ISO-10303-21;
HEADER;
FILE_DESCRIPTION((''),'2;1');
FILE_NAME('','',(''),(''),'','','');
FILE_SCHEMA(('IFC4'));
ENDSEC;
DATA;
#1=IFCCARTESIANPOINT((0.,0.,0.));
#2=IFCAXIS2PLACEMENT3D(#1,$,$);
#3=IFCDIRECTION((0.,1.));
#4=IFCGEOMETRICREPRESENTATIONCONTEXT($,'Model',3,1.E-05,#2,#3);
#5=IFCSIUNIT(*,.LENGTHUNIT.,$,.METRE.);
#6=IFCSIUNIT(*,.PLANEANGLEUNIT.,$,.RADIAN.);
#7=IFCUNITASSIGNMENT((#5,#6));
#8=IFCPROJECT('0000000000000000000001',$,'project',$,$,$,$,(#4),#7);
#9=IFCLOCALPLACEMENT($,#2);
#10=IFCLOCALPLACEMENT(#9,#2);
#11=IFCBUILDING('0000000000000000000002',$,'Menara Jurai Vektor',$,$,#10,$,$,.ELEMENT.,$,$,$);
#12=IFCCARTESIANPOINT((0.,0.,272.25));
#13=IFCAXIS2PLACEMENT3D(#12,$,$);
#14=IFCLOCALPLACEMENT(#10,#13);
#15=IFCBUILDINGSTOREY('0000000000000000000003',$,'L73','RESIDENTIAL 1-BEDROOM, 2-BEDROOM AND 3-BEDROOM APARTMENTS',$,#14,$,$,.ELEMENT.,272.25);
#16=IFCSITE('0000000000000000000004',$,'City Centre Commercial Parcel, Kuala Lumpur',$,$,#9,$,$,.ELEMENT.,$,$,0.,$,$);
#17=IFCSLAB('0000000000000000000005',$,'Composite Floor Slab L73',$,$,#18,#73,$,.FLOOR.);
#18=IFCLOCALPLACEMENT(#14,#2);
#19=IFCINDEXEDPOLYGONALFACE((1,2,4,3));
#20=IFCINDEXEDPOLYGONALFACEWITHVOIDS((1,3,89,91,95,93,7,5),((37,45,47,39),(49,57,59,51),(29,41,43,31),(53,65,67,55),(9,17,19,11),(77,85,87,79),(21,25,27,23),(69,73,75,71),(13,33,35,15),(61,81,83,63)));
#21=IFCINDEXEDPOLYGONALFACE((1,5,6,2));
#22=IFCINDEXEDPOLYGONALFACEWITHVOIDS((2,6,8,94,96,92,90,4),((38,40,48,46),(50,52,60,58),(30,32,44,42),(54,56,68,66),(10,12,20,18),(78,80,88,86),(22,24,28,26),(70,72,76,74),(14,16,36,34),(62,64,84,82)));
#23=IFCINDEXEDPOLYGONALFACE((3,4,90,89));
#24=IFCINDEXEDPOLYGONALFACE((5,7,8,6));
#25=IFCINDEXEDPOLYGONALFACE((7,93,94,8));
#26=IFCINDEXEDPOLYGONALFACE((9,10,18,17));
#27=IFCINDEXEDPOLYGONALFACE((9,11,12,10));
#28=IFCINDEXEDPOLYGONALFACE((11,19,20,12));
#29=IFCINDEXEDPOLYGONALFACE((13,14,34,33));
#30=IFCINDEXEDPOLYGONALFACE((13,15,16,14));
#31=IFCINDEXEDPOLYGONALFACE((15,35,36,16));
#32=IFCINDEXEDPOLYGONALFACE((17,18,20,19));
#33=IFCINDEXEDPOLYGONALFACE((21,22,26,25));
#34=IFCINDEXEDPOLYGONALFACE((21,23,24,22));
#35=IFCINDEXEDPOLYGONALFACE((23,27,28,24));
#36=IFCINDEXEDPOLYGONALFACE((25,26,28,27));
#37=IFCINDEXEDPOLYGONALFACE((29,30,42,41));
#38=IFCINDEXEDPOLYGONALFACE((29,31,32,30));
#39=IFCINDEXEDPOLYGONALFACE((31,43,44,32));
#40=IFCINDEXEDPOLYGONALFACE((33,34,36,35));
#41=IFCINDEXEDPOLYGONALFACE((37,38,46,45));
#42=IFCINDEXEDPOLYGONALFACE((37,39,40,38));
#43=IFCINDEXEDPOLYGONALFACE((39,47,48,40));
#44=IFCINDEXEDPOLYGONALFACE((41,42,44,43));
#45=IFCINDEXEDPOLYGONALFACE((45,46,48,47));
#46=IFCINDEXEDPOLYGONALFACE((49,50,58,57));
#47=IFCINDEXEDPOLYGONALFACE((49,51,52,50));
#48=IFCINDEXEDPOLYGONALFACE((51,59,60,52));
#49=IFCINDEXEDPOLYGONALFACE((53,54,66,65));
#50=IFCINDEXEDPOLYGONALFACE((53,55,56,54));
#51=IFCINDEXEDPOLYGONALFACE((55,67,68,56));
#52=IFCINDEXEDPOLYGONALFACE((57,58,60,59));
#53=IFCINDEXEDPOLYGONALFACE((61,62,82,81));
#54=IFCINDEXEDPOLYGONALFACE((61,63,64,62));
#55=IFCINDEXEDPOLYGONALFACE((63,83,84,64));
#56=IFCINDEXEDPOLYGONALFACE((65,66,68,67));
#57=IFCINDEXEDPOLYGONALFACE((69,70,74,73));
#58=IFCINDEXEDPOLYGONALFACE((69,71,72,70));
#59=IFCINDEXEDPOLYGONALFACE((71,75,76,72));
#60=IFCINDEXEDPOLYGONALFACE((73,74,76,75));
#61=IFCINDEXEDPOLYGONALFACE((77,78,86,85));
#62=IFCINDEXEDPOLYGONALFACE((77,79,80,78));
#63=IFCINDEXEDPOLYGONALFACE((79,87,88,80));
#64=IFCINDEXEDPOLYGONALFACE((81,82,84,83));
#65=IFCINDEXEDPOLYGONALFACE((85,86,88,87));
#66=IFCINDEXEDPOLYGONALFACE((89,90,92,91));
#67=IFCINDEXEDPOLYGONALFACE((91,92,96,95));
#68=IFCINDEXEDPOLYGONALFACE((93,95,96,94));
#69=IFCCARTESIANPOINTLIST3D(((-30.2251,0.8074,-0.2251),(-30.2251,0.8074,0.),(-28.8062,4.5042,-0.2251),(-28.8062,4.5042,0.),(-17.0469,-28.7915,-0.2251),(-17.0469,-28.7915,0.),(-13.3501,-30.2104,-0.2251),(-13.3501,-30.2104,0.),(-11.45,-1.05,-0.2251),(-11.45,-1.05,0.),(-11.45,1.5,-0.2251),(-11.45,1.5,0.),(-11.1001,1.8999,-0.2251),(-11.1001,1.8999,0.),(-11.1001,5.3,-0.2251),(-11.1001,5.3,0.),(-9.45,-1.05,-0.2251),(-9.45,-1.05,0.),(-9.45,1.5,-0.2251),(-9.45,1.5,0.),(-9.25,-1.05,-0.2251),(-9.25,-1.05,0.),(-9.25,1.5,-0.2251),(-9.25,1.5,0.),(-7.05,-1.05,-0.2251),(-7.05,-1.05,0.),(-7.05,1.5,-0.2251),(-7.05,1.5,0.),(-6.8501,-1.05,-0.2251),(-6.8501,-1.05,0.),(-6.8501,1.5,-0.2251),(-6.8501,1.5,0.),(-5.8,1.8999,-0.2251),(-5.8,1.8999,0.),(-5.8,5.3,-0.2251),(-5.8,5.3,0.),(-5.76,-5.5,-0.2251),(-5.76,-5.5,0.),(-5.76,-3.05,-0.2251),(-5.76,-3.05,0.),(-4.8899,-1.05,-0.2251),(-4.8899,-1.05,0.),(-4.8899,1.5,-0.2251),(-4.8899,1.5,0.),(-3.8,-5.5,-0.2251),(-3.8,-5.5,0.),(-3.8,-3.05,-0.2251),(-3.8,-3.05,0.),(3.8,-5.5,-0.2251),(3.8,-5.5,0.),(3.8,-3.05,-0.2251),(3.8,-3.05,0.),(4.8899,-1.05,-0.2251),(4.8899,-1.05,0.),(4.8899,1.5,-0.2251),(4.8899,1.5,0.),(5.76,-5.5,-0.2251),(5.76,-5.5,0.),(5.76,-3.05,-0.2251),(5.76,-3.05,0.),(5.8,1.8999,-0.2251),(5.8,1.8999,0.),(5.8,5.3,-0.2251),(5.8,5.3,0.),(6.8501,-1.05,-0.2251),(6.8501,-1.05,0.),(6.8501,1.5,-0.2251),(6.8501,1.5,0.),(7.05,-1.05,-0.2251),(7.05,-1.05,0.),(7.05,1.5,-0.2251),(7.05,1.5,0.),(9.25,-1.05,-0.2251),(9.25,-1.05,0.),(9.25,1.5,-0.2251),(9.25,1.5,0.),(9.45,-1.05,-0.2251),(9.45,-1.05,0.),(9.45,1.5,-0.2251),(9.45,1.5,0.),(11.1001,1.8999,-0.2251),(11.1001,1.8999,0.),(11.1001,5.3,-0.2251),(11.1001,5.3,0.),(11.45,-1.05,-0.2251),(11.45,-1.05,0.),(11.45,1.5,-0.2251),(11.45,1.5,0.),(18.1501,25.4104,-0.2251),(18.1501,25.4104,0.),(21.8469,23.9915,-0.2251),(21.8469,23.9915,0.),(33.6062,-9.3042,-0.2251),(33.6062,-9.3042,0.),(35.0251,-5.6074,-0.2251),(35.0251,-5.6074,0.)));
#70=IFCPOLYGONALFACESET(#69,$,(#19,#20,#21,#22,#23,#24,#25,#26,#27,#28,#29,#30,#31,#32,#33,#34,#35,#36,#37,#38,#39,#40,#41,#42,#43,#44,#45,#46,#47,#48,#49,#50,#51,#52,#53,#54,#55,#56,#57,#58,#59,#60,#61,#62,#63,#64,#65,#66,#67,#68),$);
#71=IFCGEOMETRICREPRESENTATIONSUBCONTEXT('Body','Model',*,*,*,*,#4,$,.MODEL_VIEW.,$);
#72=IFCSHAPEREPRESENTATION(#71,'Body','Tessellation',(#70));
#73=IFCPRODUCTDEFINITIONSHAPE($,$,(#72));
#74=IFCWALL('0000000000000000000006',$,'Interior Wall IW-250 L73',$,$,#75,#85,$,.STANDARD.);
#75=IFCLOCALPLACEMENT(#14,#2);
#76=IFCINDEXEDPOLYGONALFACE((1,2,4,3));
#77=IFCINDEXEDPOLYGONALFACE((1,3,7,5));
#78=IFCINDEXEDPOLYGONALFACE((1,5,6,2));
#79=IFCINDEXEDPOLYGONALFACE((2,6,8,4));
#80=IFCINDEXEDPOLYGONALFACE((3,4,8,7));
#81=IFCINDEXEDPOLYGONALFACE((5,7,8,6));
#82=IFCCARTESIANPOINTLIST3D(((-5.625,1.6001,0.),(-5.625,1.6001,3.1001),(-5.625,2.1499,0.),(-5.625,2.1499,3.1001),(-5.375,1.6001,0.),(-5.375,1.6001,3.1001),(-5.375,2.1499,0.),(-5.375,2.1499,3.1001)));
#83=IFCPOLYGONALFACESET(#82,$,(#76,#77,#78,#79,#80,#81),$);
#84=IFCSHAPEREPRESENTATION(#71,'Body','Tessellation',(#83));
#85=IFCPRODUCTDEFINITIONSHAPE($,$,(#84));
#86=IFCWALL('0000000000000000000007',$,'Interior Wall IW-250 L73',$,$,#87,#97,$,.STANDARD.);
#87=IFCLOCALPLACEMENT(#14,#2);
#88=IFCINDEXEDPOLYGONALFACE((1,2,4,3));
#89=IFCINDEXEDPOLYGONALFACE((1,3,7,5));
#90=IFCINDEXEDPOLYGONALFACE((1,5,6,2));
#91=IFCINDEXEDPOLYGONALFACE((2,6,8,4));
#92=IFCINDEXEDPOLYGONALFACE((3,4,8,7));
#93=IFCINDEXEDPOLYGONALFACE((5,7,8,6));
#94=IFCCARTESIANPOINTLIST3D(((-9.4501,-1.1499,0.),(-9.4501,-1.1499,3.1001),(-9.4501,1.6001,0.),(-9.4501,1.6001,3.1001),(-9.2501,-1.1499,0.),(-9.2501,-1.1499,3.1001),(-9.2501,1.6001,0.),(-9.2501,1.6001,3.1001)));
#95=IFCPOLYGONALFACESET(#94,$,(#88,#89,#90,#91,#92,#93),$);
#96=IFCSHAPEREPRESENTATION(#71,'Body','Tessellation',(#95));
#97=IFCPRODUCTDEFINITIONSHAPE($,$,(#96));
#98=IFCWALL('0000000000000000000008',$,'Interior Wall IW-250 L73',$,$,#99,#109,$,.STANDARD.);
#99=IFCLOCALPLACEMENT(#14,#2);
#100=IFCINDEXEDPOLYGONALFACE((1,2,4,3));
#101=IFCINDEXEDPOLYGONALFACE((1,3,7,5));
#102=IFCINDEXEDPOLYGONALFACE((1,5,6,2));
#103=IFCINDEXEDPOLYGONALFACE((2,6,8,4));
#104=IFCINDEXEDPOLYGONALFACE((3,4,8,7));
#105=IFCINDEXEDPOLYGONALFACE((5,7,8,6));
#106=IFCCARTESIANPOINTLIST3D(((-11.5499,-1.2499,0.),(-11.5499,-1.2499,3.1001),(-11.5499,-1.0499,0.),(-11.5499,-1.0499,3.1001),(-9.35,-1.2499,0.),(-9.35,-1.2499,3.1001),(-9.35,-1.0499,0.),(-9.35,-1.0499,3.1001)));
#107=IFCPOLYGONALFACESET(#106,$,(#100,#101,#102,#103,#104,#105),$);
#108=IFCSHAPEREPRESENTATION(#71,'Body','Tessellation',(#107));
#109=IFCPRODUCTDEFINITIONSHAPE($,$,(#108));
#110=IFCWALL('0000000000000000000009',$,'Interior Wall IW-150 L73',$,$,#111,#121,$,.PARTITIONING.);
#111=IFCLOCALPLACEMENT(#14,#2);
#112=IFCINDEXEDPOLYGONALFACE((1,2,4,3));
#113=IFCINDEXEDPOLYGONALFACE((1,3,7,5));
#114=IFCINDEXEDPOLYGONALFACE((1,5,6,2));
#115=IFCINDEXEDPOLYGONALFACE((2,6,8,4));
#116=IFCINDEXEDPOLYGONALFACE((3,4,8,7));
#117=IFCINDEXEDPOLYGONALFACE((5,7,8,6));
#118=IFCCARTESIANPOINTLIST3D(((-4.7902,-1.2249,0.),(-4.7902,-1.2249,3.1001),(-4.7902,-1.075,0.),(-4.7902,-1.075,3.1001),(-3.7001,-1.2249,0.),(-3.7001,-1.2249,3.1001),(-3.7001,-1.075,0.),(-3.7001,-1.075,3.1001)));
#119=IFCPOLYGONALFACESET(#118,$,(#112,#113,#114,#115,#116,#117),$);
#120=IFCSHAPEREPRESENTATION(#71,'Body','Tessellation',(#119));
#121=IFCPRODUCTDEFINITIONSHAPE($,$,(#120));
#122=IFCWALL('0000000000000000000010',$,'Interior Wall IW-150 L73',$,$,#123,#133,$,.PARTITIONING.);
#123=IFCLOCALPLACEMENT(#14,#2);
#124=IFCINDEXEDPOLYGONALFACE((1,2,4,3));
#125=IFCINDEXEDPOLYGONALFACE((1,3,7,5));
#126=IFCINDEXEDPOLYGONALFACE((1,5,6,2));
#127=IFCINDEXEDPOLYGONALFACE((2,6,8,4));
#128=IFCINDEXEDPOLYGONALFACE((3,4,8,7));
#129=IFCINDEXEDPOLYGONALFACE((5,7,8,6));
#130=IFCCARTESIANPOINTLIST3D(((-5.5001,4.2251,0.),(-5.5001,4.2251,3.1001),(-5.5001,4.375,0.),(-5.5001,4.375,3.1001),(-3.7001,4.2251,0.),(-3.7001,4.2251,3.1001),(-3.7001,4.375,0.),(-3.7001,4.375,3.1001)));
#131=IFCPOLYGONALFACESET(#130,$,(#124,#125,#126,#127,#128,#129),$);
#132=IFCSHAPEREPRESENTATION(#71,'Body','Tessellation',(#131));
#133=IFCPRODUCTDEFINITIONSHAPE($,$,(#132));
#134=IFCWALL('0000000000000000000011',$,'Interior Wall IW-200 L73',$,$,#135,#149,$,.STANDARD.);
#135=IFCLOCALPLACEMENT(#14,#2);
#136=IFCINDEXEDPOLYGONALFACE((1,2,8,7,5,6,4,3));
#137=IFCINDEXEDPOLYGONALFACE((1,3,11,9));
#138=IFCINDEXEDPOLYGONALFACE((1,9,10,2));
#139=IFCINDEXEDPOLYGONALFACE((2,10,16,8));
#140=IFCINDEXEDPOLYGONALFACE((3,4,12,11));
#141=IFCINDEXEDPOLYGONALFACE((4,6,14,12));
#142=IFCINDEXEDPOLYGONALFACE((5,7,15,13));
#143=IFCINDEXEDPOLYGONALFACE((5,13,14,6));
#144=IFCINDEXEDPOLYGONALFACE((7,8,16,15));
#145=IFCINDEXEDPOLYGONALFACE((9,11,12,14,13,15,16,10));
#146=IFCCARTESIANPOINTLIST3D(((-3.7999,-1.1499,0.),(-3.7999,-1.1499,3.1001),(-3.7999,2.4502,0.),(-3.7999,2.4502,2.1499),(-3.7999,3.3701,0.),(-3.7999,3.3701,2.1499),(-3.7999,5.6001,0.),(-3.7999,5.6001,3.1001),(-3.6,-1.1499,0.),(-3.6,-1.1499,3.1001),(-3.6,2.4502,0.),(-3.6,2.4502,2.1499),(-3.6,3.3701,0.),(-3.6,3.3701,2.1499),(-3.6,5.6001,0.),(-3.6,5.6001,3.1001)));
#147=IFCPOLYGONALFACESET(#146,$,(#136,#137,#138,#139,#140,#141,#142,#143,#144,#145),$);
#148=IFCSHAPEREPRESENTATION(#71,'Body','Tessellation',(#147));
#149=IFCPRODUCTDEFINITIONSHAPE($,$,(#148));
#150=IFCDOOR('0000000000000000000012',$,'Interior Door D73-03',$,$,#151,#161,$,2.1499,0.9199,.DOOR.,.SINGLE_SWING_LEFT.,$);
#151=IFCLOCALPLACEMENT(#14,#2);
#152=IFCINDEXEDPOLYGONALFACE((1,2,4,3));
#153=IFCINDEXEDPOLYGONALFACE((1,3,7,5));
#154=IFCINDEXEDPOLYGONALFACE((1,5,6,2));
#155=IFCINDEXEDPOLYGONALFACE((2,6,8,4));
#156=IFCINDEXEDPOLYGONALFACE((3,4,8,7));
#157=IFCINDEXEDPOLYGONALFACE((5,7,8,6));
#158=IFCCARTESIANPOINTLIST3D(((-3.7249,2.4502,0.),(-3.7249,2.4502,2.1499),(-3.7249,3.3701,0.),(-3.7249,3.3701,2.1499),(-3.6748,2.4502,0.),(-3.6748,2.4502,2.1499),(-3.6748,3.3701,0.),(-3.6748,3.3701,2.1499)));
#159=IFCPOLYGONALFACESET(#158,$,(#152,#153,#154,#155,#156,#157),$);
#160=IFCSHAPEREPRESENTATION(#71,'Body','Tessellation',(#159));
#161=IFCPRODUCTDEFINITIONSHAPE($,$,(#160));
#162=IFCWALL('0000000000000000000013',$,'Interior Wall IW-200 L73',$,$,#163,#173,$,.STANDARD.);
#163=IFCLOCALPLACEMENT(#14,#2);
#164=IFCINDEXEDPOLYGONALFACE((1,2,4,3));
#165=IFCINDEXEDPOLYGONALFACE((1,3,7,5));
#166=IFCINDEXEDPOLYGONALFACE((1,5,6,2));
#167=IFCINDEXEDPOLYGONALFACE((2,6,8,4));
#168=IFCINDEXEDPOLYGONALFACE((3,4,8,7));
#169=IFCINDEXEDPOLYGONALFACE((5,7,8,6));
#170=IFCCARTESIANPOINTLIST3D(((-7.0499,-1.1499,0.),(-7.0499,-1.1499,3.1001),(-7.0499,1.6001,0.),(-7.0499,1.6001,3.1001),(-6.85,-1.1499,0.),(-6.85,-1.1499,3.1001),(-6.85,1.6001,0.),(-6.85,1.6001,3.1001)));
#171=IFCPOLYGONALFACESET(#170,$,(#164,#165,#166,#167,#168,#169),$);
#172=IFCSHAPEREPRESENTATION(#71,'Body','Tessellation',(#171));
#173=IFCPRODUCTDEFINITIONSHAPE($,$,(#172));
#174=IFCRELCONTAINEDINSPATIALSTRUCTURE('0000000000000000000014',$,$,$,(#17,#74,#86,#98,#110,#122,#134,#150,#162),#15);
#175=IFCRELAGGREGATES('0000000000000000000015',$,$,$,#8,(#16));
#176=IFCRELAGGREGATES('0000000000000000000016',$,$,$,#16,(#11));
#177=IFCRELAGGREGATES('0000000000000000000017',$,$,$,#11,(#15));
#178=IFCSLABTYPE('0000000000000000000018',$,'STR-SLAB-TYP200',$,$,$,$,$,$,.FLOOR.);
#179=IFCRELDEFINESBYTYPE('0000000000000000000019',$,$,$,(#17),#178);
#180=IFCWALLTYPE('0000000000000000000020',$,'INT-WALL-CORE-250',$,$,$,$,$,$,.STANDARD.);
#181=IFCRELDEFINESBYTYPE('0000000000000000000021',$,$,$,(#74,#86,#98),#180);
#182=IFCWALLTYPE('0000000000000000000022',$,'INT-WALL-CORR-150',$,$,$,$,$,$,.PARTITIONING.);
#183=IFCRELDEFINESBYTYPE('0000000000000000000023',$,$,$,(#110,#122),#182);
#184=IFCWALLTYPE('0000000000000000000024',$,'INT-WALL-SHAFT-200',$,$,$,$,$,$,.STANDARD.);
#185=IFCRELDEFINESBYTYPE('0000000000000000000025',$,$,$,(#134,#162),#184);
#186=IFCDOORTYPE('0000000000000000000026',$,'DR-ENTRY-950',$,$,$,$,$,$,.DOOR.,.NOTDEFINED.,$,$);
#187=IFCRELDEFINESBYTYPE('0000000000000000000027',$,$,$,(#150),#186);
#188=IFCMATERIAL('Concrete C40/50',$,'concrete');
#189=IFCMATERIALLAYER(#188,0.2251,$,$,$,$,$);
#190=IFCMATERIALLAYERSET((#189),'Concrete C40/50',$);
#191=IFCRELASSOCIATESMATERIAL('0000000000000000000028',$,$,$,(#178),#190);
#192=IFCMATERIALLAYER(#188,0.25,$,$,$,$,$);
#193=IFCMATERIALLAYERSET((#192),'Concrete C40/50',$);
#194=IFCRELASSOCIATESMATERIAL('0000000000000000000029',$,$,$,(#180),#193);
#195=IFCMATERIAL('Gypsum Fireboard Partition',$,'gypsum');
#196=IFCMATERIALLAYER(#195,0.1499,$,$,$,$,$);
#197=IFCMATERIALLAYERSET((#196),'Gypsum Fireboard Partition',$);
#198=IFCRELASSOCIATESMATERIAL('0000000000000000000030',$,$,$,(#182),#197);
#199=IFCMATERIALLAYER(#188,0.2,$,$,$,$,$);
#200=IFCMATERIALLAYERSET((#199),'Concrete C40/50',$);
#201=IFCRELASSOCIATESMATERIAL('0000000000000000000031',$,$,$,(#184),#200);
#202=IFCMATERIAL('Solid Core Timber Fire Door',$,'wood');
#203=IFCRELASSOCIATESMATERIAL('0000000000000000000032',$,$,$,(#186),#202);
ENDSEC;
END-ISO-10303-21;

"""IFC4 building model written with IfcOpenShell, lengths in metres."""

from ifc_helpers import new_model, si_unit, direction, frame, frame_2d, origin, place, context, subcontext, project, spatial, polyline, rectangle, outline, extrude, material, layer, layer_set, type_object, element, fill, save


model = new_model("IFC4")

# Units and contexts
model_context = context("Model", 3, precision=1e-05, world=origin(), true_north=direction((0.0, 1.0)))
body_context = subcontext(model_context, "Body", "Model", "MODEL_VIEW")
ifc_project = project(units=[si_unit("LENGTHUNIT", "METRE"), si_unit("PLANEANGLEUNIT", "RADIAN")], contexts=[model_context])

# Site, building, storey
site_placement = place(None, origin())
site = spatial("IfcSite", under=ifc_project, at=site_placement, Name="City Centre Commercial Parcel, Kuala Lumpur", CompositionType="ELEMENT", RefElevation=0.0)
building_placement = place(site_placement, origin())
building = spatial("IfcBuilding", under=site, at=building_placement, Name="Menara Jurai Vektor", CompositionType="ELEMENT")
storey_placement = place(building_placement, frame((0.0, 0.0, 272.25)))
storey = spatial("IfcBuildingStorey", under=building, at=storey_placement, Name="L73", Description="RESIDENTIAL 1-BEDROOM, 2-BEDROOM AND 3-BEDROOM APARTMENTS", CompositionType="ELEMENT", Elevation=272.25)

# Shared definitions
ifc_material_1 = material(Name="Concrete C40/50", Category="concrete")

# Slab
ifc_layer_1 = layer(ifc_material_1, 0.2251)
ifc_layer_set_1 = layer_set([ifc_layer_1], Name="Concrete C40/50")
slab_type_1 = type_object("IfcSlabType", Name="STR-SLAB-TYP200", PredefinedType="FLOOR", material=ifc_layer_set_1)
slab_1_placement = place(storey_placement, frame((0.0, 0.0, -0.2251)))
element("IfcSlab", 1, at=slab_1_placement, inside=storey, type_object=slab_type_1, Name="Composite Floor Slab L73", PredefinedType="FLOOR", context=body_context, shape_type="SweptSolid", body=[
    extrude(outline(polyline([(-13.3501, -30.2104), (33.6062, -9.3042), (35.0251, -5.6074), (21.8469, 23.9915), (18.1501, 25.4104), (-28.8062, 4.5042), (-30.2251, 0.8074), (-17.0469, -28.7915), (-13.3501, -30.2104)]), holes=[polyline([(-11.1001, 1.8999), (-11.1001, 5.3), (-5.8, 5.3), (-5.8, 1.8999), (-11.1001, 1.8999)]), polyline([(5.8, 1.8999), (5.8, 5.3), (11.1001, 5.3), (11.1001, 1.8999), (5.8, 1.8999)]), polyline([(-11.45, -1.05), (-11.45, 1.5), (-9.45, 1.5), (-9.45, -1.05), (-11.45, -1.05)]), polyline([(9.45, -1.05), (9.45, 1.5), (11.45, 1.5), (11.45, -1.05), (9.45, -1.05)]), polyline([(-5.76, -5.5), (-5.76, -3.05), (-3.8, -3.05), (-3.8, -5.5), (-5.76, -5.5)]), polyline([(-6.8501, -1.05), (-6.8501, 1.5), (-4.8899, 1.5), (-4.8899, -1.05), (-6.8501, -1.05)]), polyline([(3.8, -5.5), (3.8, -3.05), (5.76, -3.05), (5.76, -5.5), (3.8, -5.5)]), polyline([(4.8899, -1.05), (4.8899, 1.5), (6.8501, 1.5), (6.8501, -1.05), (4.8899, -1.05)]), polyline([(-9.25, -1.05), (-9.25, 1.5), (-7.05, 1.5), (-7.05, -1.05), (-9.25, -1.05)]), polyline([(7.05, -1.05), (7.05, 1.5), (9.25, 1.5), (9.25, -1.05), (7.05, -1.05)])]), origin(), (0.0, 0.0, 1.0), 0.2251),
])

# Wall
ifc_layer_2 = layer(ifc_material_1, 0.25)
ifc_layer_set_2 = layer_set([ifc_layer_2], Name="Concrete C40/50")
wall_type_1 = type_object("IfcWallType", Name="INT-WALL-CORE-250", PredefinedType="STANDARD", material=ifc_layer_set_2)
wall_1_placement = place(storey_placement, frame((-5.5, 1.6001, 0.0), z_axis=(0.0, 0.0, 1.0), x_axis=(0.0, 1.0, 0.0)))
element("IfcWall", 2, at=wall_1_placement, inside=storey, type_object=wall_type_1, Name="Interior Wall IW-250 L73", PredefinedType="STANDARD", context=body_context, shape_type="SweptSolid", body=[
    extrude(rectangle(XDim=0.5498, YDim=0.25, at=frame_2d((0.2749, 0.0))), origin(), (0.0, 0.0, 1.0), 3.1001),
])

# Walls
wall_2_placement = place(storey_placement, frame((-9.3501, -1.1499, 0.0), z_axis=(0.0, 0.0, 1.0), x_axis=(0.0, 1.0, 0.0)))
element("IfcWall", 3, at=wall_2_placement, inside=storey, type_object=wall_type_1, Name="Interior Wall IW-250 L73", PredefinedType="STANDARD", context=body_context, shape_type="SweptSolid", body=[
    extrude(rectangle(XDim=2.75, YDim=0.2, at=frame_2d((1.375, 0.0))), origin(), (0.0, 0.0, 1.0), 3.1001),
])
wall_3_placement = place(storey_placement, frame((-11.55, -1.1499, 0.0), z_axis=(0.0, 0.0, 1.0), x_axis=(1.0, 0.0, 0.0)))
element("IfcWall", 4, at=wall_3_placement, inside=storey, type_object=wall_type_1, Name="Interior Wall IW-250 L73", PredefinedType="STANDARD", context=body_context, shape_type="SweptSolid", body=[
    extrude(rectangle(XDim=2.2, YDim=0.2, at=frame_2d((1.1001, 0.0))), origin(), (0.0, 0.0, 1.0), 3.1001),
])
ifc_material_2 = material(Name="Gypsum Fireboard Partition", Category="gypsum")
ifc_layer_3 = layer(ifc_material_2, 0.1499)
ifc_layer_set_3 = layer_set([ifc_layer_3], Name="Gypsum Fireboard Partition")
wall_type_2 = type_object("IfcWallType", Name="INT-WALL-CORR-150", PredefinedType="PARTITIONING", material=ifc_layer_set_3)
wall_4_placement = place(storey_placement, frame((-4.79, -1.1499, 0.0), z_axis=(0.0, 0.0, 1.0), x_axis=(1.0, 0.0, 0.0)))
element("IfcWall", 5, at=wall_4_placement, inside=storey, type_object=wall_type_2, Name="Interior Wall IW-150 L73", PredefinedType="PARTITIONING", context=body_context, shape_type="SweptSolid", body=[
    extrude(rectangle(XDim=1.0901, YDim=0.1499, at=frame_2d((0.5449, 0.0))), origin(), (0.0, 0.0, 1.0), 3.1001),
])
wall_5_placement = place(storey_placement, frame((-5.5, 4.3, 0.0), z_axis=(0.0, 0.0, 1.0), x_axis=(1.0, 0.0, 0.0)))
element("IfcWall", 6, at=wall_5_placement, inside=storey, type_object=wall_type_2, Name="Interior Wall IW-150 L73", PredefinedType="PARTITIONING", context=body_context, shape_type="SweptSolid", body=[
    extrude(rectangle(XDim=1.8, YDim=0.1499, at=frame_2d((0.8999, 0.0))), origin(), (0.0, 0.0, 1.0), 3.1001),
])

# Wall, opening, door
ifc_layer_4 = layer(ifc_material_1, 0.2)
ifc_layer_set_4 = layer_set([ifc_layer_4], Name="Concrete C40/50")
wall_type_3 = type_object("IfcWallType", Name="INT-WALL-SHAFT-200", PredefinedType="STANDARD", material=ifc_layer_set_4)
wall_6_placement = place(storey_placement, frame((-3.7, -1.1499, 0.0), z_axis=(0.0, 0.0, 1.0), x_axis=(0.0, 1.0, 0.0)))
wall_6 = element("IfcWall", 7, at=wall_6_placement, inside=storey, type_object=wall_type_3, Name="Interior Wall IW-200 L73", PredefinedType="STANDARD", context=body_context, shape_type="SweptSolid", body=[
    extrude(rectangle(XDim=6.75, YDim=0.2, at=frame_2d((3.375, 0.0))), origin(), (0.0, 0.0, 1.0), 3.1001),
])
opening_1_placement = place(wall_6_placement, frame((3.6001, 0.0, 0.0)))
opening_1 = element("IfcOpeningElement", 8, at=opening_1_placement, cuts=wall_6, PredefinedType="OPENING", context=body_context, shape_type="SweptSolid", body=[
    extrude(rectangle(XDim=0.9199, YDim=2.1499, at=frame_2d((0.46, 1.075))), frame((0.0, 0.1099, 0.0), z_axis=(0.0, -1.0, 0.0), x_axis=(1.0, 0.0, 0.0)), (0.0, 0.0, 1.0), 0.22),
])
ifc_material_3 = material(Name="Solid Core Timber Fire Door", Category="wood")
door_type_1 = type_object("IfcDoorType", Name="DR-ENTRY-950", OperationType="NOTDEFINED", PredefinedType="DOOR", material=ifc_material_3)
door_1_placement = place(opening_1_placement, origin())
door_1 = element("IfcDoor", 9, at=door_1_placement, inside=storey, type_object=door_type_1, Name="Interior Door D73-03", OperationType="SINGLE_SWING_LEFT", OverallHeight=2.1499, OverallWidth=0.9199, PredefinedType="DOOR", context=body_context, shape_type="SweptSolid", body=[
    extrude(rectangle(XDim=0.9199, YDim=2.1499, at=frame_2d((0.46, 1.075))), frame((0.0, 0.0249, 0.0), z_axis=(0.0, -1.0, 0.0), x_axis=(1.0, 0.0, 0.0)), (0.0, 0.0, 1.0), 0.05),
])
fill(opening_1, door_1)

# Wall
wall_7_placement = place(storey_placement, frame((-6.95, -1.1499, 0.0), z_axis=(0.0, 0.0, 1.0), x_axis=(0.0, 1.0, 0.0)))
element("IfcWall", 10, at=wall_7_placement, inside=storey, type_object=wall_type_3, Name="Interior Wall IW-200 L73", PredefinedType="STANDARD", context=body_context, shape_type="SweptSolid", body=[
    extrude(rectangle(XDim=2.75, YDim=0.2, at=frame_2d((1.375, 0.0))), origin(), (0.0, 0.0, 1.0), 3.1001),
])

save(model, "model.ifc")
